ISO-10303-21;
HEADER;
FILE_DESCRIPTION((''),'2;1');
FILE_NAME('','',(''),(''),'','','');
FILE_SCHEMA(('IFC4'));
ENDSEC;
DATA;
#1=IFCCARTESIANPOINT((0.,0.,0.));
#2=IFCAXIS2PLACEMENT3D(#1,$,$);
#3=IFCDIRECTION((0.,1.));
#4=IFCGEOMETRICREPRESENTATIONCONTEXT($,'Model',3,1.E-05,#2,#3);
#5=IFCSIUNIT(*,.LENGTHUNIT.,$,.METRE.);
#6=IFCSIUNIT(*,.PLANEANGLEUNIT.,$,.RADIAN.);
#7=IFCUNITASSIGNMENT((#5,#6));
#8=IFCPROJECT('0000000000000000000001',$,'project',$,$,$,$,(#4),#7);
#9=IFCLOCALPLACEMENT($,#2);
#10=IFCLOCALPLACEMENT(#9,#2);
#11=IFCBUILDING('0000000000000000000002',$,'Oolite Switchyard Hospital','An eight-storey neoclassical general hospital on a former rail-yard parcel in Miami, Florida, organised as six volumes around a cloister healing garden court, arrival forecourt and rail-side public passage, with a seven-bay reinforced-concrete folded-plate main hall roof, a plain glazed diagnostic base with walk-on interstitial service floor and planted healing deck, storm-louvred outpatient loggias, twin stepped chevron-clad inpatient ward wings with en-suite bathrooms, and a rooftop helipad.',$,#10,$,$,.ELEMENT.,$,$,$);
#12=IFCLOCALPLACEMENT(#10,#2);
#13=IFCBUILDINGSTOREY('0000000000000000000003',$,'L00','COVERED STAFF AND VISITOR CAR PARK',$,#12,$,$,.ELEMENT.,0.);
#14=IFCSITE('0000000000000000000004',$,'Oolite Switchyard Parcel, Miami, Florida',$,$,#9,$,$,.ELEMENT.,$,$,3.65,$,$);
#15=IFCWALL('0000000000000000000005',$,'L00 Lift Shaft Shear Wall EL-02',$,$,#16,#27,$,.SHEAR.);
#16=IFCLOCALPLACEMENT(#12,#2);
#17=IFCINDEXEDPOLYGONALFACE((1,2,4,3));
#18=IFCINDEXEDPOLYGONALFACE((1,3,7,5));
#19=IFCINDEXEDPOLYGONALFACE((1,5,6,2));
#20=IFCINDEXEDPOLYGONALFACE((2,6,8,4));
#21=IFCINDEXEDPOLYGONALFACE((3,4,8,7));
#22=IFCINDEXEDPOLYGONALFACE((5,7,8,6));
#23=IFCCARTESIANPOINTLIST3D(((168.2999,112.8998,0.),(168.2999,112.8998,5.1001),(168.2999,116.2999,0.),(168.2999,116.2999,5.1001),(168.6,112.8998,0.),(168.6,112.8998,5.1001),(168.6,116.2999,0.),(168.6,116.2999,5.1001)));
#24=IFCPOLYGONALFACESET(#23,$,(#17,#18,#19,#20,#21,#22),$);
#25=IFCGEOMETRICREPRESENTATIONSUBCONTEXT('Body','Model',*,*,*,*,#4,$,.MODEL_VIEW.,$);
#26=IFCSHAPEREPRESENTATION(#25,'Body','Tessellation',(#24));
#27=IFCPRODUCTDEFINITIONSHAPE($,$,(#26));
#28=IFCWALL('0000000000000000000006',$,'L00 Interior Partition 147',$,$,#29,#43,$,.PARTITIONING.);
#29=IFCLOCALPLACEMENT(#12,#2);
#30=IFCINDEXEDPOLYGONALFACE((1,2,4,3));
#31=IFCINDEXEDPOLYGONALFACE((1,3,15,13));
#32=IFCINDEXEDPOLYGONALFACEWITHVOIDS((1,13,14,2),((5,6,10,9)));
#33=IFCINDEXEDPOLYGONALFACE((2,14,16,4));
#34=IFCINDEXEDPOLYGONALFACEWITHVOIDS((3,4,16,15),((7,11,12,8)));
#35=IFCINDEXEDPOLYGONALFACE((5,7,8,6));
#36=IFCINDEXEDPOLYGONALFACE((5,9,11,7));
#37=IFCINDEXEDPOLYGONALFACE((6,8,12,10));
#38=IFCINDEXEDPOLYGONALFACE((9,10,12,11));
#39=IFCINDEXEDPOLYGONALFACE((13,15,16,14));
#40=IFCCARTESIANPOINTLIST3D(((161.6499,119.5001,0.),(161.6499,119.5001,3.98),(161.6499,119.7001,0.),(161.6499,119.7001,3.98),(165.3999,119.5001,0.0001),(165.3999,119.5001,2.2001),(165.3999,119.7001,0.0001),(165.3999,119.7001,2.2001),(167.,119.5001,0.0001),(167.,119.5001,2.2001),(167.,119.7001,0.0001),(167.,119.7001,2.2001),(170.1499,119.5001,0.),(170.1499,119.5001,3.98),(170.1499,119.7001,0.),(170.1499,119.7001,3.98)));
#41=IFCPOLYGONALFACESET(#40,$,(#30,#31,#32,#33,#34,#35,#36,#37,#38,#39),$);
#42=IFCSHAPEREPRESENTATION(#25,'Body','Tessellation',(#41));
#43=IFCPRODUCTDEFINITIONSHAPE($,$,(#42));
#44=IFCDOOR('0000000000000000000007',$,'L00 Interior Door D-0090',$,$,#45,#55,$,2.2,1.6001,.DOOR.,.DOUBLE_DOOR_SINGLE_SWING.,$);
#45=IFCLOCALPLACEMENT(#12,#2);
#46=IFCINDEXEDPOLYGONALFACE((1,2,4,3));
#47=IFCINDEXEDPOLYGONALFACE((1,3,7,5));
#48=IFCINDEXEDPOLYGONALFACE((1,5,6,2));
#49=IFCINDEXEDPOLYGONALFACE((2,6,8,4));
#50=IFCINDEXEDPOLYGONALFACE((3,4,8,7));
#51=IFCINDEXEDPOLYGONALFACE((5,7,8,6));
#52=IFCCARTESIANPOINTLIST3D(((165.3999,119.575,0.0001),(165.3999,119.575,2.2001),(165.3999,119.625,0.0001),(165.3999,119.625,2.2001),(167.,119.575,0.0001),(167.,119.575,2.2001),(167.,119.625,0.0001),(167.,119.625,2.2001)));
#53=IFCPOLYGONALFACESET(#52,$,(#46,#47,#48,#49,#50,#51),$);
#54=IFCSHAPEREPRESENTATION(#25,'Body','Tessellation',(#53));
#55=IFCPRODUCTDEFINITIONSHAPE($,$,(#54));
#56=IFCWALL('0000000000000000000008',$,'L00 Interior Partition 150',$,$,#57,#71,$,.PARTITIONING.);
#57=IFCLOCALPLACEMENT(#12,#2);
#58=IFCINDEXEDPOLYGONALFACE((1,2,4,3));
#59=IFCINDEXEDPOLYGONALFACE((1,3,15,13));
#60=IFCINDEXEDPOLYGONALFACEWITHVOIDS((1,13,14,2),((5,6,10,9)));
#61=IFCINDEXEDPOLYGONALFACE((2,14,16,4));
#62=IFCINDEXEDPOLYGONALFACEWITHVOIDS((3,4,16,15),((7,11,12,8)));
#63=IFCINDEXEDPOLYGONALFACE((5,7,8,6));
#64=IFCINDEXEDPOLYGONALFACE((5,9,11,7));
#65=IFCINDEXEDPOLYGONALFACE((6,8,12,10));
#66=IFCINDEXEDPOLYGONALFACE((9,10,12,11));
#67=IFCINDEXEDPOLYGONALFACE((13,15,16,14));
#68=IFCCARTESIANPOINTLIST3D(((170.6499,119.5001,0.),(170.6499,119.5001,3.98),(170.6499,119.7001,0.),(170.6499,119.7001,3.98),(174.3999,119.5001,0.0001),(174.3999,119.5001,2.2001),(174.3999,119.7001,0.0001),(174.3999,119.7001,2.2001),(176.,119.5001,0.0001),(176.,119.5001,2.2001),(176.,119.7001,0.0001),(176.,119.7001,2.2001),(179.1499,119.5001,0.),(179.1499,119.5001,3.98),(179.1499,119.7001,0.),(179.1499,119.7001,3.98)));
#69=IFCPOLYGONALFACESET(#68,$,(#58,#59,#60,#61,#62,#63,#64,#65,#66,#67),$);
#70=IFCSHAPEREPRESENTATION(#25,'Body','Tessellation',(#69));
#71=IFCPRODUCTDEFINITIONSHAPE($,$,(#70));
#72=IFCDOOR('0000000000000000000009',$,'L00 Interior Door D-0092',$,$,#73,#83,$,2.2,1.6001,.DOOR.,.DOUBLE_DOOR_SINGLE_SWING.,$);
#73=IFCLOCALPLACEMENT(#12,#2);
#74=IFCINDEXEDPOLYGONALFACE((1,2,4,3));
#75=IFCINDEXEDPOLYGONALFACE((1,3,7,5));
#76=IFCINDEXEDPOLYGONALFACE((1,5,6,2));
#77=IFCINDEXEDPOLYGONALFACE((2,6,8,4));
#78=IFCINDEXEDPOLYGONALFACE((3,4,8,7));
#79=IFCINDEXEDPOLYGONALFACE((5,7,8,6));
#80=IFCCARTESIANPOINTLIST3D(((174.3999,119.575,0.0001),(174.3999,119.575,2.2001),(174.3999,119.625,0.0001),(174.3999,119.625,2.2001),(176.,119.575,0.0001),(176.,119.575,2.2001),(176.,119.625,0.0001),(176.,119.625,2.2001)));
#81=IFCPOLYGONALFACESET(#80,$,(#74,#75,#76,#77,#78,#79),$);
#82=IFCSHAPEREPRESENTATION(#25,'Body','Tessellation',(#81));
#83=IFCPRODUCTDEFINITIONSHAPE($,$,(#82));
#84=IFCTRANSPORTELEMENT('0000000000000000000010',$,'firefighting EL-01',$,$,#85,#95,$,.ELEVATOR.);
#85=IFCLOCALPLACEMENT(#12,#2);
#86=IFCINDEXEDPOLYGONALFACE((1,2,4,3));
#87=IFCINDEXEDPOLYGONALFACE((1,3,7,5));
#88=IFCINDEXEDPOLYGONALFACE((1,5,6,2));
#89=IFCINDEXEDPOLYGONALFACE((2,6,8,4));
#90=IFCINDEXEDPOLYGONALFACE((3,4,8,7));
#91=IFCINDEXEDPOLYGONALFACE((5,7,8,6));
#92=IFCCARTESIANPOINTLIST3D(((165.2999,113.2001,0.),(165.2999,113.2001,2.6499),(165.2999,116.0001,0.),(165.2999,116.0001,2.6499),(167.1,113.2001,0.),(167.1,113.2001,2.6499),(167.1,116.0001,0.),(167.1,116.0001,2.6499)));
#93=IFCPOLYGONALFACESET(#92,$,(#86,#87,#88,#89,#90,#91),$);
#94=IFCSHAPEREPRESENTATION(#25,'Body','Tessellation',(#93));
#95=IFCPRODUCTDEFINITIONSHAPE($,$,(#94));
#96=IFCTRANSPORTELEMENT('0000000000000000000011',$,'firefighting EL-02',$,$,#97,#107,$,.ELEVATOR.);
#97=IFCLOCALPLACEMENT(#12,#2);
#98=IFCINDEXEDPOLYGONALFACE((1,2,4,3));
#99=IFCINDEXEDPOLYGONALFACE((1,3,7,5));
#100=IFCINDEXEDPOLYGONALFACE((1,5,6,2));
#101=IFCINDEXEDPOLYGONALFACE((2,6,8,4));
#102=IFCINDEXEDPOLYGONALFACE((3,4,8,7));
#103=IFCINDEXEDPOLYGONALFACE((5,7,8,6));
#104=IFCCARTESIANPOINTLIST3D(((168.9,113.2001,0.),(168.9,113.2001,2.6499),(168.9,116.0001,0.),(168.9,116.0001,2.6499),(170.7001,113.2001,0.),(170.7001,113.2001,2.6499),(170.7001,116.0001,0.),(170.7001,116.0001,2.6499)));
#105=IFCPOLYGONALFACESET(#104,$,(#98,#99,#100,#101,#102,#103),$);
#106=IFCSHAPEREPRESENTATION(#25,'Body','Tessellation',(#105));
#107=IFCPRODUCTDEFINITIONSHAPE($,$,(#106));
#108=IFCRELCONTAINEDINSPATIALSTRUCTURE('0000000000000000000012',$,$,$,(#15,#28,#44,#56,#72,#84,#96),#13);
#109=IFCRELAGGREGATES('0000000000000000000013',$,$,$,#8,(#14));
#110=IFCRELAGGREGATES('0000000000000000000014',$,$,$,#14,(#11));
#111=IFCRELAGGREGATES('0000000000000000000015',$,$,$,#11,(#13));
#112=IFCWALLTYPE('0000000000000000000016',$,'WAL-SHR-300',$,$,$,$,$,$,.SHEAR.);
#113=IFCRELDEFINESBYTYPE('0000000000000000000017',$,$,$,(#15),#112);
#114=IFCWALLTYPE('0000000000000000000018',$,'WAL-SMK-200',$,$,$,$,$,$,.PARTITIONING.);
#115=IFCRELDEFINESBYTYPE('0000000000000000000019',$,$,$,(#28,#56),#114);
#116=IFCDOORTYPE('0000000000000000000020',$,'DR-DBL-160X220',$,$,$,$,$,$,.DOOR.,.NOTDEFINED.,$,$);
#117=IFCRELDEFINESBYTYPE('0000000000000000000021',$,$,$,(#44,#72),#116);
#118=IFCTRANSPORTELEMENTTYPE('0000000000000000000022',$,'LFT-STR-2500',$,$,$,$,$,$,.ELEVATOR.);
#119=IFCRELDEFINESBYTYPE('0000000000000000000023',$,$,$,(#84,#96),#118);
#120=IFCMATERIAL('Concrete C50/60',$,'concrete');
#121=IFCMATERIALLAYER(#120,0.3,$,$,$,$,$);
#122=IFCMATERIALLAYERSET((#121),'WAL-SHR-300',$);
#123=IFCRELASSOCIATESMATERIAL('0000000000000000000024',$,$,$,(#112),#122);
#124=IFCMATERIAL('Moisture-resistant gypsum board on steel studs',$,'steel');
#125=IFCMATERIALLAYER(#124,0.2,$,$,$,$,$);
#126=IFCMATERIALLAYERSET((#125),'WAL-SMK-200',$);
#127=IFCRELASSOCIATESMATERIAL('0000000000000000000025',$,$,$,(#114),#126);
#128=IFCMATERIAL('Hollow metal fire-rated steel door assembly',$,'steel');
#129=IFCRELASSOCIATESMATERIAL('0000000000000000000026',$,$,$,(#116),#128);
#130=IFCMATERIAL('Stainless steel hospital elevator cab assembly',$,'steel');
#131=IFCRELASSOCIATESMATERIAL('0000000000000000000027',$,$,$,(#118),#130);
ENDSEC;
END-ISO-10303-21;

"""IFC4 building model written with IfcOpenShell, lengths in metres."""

from ifc_helpers import new_model, si_unit, direction, frame, frame_2d, origin, origin_2d, place, context, subcontext, project, spatial, rectangle, extrude, material, layer, layer_set, type_object, element, fill, save


model = new_model("IFC4")

# Units and contexts
model_context = context("Model", 3, precision=1e-05, world=origin(), true_north=direction((0.0, 1.0)))
body_context = subcontext(model_context, "Body", "Model", "MODEL_VIEW")
ifc_project = project(units=[si_unit("LENGTHUNIT", "METRE"), si_unit("PLANEANGLEUNIT", "RADIAN")], contexts=[model_context])

# Site, building, storey
site_placement = place(None, origin())
site = spatial("IfcSite", under=ifc_project, at=site_placement, Name="Oolite Switchyard Parcel, Miami, Florida", CompositionType="ELEMENT", RefElevation=3.65)
building_placement = place(site_placement, origin())
building = spatial("IfcBuilding", under=site, at=building_placement, Name="Oolite Switchyard Hospital", Description="An eight-storey neoclassical general hospital on a former rail-yard parcel in Miami, Florida, organised as six volumes around a cloister healing garden court, arrival forecourt and rail-side public passage, with a seven-bay reinforced-concrete folded-plate main hall roof, a plain glazed diagnostic base with walk-on interstitial service floor and planted healing deck, storm-louvred outpatient loggias, twin stepped chevron-clad inpatient ward wings with en-suite bathrooms, and a rooftop helipad.", CompositionType="ELEMENT")
storey_placement = place(building_placement, origin())
storey = spatial("IfcBuildingStorey", under=building, at=storey_placement, Name="L00", Description="COVERED STAFF AND VISITOR CAR PARK", CompositionType="ELEMENT", Elevation=0.0)

# Shared definitions
ifc_material_1 = material(Name="Concrete C50/60", Category="concrete")

# Shared definitions
ifc_layer_1 = layer(ifc_material_1, 0.3)
ifc_layer_set_1 = layer_set([ifc_layer_1], Name="WAL-SHR-300")
wall_type_1 = type_object("IfcWallType", Name="WAL-SHR-300", PredefinedType="SHEAR", material=ifc_layer_set_1)

# Wall
wall_1_placement = place(storey_placement, frame((168.45, 116.3, 0.0), z_axis=(0.0, 0.0, 1.0), x_axis=(0.0, -1.0, 0.0)))
element("IfcWall", 1, at=wall_1_placement, inside=storey, type_object=wall_type_1, Name="L00 Lift Shaft Shear Wall EL-02", PredefinedType="SHEAR", context=body_context, shape_type="SweptSolid", body=[
    extrude(rectangle(XDim=3.4001, YDim=0.3, at=frame_2d((1.7002, 0.0))), origin(), (0.0, 0.0, 1.0), 5.1001),
])

# Walls, openings, doors
ifc_material_2 = material(Name="Moisture-resistant gypsum board on steel studs", Category="steel")
ifc_layer_2 = layer(ifc_material_2, 0.2)
ifc_layer_set_2 = layer_set([ifc_layer_2], Name="WAL-SMK-200")
wall_type_2 = type_object("IfcWallType", Name="WAL-SMK-200", PredefinedType="PARTITIONING", material=ifc_layer_set_2)
wall_2_placement = place(storey_placement, frame((161.6499, 119.6001, 0.0), z_axis=(0.0, 0.0, 1.0), x_axis=(1.0, 0.0, 0.0)))
wall_2 = element("IfcWall", 2, at=wall_2_placement, inside=storey, type_object=wall_type_2, Name="L00 Interior Partition 147", PredefinedType="PARTITIONING", context=body_context, shape_type="SweptSolid", body=[
    extrude(rectangle(XDim=8.5, YDim=0.2, at=frame_2d((4.25, 0.0))), origin(), (0.0, 0.0, 1.0), 3.98),
])
opening_1_placement = place(wall_2_placement, frame((3.75, 0.0, 0.0)))
opening_1 = element("IfcOpeningElement", 3, at=opening_1_placement, cuts=wall_2, PredefinedType="OPENING", context=body_context, shape_type="SweptSolid", body=[
    extrude(rectangle(XDim=1.6001, YDim=2.2, at=frame_2d((0.8, 1.1001))), frame((0.0, 0.1099, 0.0), z_axis=(0.0, -1.0, 0.0), x_axis=(1.0, 0.0, 0.0)), (0.0, 0.0, 1.0), 0.22),
])
ifc_material_3 = material(Name="Hollow metal fire-rated steel door assembly", Category="steel")
door_type_1 = type_object("IfcDoorType", Name="DR-DBL-160X220", OperationType="NOTDEFINED", PredefinedType="DOOR", material=ifc_material_3)
door_1_placement = place(opening_1_placement, origin())
door_1 = element("IfcDoor", 4, at=door_1_placement, inside=storey, type_object=door_type_1, Name="L00 Interior Door D-0090", OperationType="DOUBLE_DOOR_SINGLE_SWING", OverallHeight=2.2, OverallWidth=1.6001, PredefinedType="DOOR", context=body_context, shape_type="SweptSolid", body=[
    extrude(rectangle(XDim=1.6001, YDim=2.2, at=frame_2d((0.8, 1.1001))), frame((0.0, 0.0249, 0.0), z_axis=(0.0, -1.0, 0.0), x_axis=(1.0, 0.0, 0.0)), (0.0, 0.0, 1.0), 0.05),
])
fill(opening_1, door_1)
wall_3_placement = place(storey_placement, frame((170.6499, 119.6001, 0.0), z_axis=(0.0, 0.0, 1.0), x_axis=(1.0, 0.0, 0.0)))
wall_3 = element("IfcWall", 5, at=wall_3_placement, inside=storey, type_object=wall_type_2, Name="L00 Interior Partition 150", PredefinedType="PARTITIONING", context=body_context, shape_type="SweptSolid", body=[
    extrude(rectangle(XDim=8.5, YDim=0.2, at=frame_2d((4.25, 0.0))), origin(), (0.0, 0.0, 1.0), 3.98),
])
opening_2_placement = place(wall_3_placement, frame((3.75, 0.0, 0.0)))
opening_2 = element("IfcOpeningElement", 6, at=opening_2_placement, cuts=wall_3, PredefinedType="OPENING", context=body_context, shape_type="SweptSolid", body=[
    extrude(rectangle(XDim=1.6001, YDim=2.2, at=frame_2d((0.8, 1.1001))), frame((0.0, 0.1099, 0.0), z_axis=(0.0, -1.0, 0.0), x_axis=(1.0, 0.0, 0.0)), (0.0, 0.0, 1.0), 0.22),
])
door_2_placement = place(opening_2_placement, origin())
door_2 = element("IfcDoor", 7, at=door_2_placement, inside=storey, type_object=door_type_1, Name="L00 Interior Door D-0092", OperationType="DOUBLE_DOOR_SINGLE_SWING", OverallHeight=2.2, OverallWidth=1.6001, PredefinedType="DOOR", context=body_context, shape_type="SweptSolid", body=[
    extrude(rectangle(XDim=1.6001, YDim=2.2, at=frame_2d((0.8, 1.1001))), frame((0.0, 0.0249, 0.0), z_axis=(0.0, -1.0, 0.0), x_axis=(1.0, 0.0, 0.0)), (0.0, 0.0, 1.0), 0.05),
])
fill(opening_2, door_2)

# Transport elements
ifc_material_4 = material(Name="Stainless steel hospital elevator cab assembly", Category="steel")
transport_element_type = type_object("IfcTransportElementType", Name="LFT-STR-2500", PredefinedType="ELEVATOR", material=ifc_material_4)
for number, where, z_axis, x_axis, name in (
    (8, (166.2, 114.6001, 0.0), (0.0, 0.0, 1.0), (1.0, 0.0, 0.0), "firefighting EL-01"),
    (9, (169.8, 114.6001, 0.0), (0.0, 0.0, 1.0), (1.0, 0.0, 0.0), "firefighting EL-02"),
):
    element("IfcTransportElement", number, at=place(storey_placement, frame(where, z_axis=z_axis, x_axis=x_axis)), inside=storey, type_object=transport_element_type, Name=name, PredefinedType="ELEVATOR", context=body_context, shape_type="SweptSolid", body=[
        extrude(rectangle(XDim=1.8, YDim=2.8, at=origin_2d()), origin(), (0.0, 0.0, 1.0), 2.6499),
    ])

save(model, "model.ifc")
